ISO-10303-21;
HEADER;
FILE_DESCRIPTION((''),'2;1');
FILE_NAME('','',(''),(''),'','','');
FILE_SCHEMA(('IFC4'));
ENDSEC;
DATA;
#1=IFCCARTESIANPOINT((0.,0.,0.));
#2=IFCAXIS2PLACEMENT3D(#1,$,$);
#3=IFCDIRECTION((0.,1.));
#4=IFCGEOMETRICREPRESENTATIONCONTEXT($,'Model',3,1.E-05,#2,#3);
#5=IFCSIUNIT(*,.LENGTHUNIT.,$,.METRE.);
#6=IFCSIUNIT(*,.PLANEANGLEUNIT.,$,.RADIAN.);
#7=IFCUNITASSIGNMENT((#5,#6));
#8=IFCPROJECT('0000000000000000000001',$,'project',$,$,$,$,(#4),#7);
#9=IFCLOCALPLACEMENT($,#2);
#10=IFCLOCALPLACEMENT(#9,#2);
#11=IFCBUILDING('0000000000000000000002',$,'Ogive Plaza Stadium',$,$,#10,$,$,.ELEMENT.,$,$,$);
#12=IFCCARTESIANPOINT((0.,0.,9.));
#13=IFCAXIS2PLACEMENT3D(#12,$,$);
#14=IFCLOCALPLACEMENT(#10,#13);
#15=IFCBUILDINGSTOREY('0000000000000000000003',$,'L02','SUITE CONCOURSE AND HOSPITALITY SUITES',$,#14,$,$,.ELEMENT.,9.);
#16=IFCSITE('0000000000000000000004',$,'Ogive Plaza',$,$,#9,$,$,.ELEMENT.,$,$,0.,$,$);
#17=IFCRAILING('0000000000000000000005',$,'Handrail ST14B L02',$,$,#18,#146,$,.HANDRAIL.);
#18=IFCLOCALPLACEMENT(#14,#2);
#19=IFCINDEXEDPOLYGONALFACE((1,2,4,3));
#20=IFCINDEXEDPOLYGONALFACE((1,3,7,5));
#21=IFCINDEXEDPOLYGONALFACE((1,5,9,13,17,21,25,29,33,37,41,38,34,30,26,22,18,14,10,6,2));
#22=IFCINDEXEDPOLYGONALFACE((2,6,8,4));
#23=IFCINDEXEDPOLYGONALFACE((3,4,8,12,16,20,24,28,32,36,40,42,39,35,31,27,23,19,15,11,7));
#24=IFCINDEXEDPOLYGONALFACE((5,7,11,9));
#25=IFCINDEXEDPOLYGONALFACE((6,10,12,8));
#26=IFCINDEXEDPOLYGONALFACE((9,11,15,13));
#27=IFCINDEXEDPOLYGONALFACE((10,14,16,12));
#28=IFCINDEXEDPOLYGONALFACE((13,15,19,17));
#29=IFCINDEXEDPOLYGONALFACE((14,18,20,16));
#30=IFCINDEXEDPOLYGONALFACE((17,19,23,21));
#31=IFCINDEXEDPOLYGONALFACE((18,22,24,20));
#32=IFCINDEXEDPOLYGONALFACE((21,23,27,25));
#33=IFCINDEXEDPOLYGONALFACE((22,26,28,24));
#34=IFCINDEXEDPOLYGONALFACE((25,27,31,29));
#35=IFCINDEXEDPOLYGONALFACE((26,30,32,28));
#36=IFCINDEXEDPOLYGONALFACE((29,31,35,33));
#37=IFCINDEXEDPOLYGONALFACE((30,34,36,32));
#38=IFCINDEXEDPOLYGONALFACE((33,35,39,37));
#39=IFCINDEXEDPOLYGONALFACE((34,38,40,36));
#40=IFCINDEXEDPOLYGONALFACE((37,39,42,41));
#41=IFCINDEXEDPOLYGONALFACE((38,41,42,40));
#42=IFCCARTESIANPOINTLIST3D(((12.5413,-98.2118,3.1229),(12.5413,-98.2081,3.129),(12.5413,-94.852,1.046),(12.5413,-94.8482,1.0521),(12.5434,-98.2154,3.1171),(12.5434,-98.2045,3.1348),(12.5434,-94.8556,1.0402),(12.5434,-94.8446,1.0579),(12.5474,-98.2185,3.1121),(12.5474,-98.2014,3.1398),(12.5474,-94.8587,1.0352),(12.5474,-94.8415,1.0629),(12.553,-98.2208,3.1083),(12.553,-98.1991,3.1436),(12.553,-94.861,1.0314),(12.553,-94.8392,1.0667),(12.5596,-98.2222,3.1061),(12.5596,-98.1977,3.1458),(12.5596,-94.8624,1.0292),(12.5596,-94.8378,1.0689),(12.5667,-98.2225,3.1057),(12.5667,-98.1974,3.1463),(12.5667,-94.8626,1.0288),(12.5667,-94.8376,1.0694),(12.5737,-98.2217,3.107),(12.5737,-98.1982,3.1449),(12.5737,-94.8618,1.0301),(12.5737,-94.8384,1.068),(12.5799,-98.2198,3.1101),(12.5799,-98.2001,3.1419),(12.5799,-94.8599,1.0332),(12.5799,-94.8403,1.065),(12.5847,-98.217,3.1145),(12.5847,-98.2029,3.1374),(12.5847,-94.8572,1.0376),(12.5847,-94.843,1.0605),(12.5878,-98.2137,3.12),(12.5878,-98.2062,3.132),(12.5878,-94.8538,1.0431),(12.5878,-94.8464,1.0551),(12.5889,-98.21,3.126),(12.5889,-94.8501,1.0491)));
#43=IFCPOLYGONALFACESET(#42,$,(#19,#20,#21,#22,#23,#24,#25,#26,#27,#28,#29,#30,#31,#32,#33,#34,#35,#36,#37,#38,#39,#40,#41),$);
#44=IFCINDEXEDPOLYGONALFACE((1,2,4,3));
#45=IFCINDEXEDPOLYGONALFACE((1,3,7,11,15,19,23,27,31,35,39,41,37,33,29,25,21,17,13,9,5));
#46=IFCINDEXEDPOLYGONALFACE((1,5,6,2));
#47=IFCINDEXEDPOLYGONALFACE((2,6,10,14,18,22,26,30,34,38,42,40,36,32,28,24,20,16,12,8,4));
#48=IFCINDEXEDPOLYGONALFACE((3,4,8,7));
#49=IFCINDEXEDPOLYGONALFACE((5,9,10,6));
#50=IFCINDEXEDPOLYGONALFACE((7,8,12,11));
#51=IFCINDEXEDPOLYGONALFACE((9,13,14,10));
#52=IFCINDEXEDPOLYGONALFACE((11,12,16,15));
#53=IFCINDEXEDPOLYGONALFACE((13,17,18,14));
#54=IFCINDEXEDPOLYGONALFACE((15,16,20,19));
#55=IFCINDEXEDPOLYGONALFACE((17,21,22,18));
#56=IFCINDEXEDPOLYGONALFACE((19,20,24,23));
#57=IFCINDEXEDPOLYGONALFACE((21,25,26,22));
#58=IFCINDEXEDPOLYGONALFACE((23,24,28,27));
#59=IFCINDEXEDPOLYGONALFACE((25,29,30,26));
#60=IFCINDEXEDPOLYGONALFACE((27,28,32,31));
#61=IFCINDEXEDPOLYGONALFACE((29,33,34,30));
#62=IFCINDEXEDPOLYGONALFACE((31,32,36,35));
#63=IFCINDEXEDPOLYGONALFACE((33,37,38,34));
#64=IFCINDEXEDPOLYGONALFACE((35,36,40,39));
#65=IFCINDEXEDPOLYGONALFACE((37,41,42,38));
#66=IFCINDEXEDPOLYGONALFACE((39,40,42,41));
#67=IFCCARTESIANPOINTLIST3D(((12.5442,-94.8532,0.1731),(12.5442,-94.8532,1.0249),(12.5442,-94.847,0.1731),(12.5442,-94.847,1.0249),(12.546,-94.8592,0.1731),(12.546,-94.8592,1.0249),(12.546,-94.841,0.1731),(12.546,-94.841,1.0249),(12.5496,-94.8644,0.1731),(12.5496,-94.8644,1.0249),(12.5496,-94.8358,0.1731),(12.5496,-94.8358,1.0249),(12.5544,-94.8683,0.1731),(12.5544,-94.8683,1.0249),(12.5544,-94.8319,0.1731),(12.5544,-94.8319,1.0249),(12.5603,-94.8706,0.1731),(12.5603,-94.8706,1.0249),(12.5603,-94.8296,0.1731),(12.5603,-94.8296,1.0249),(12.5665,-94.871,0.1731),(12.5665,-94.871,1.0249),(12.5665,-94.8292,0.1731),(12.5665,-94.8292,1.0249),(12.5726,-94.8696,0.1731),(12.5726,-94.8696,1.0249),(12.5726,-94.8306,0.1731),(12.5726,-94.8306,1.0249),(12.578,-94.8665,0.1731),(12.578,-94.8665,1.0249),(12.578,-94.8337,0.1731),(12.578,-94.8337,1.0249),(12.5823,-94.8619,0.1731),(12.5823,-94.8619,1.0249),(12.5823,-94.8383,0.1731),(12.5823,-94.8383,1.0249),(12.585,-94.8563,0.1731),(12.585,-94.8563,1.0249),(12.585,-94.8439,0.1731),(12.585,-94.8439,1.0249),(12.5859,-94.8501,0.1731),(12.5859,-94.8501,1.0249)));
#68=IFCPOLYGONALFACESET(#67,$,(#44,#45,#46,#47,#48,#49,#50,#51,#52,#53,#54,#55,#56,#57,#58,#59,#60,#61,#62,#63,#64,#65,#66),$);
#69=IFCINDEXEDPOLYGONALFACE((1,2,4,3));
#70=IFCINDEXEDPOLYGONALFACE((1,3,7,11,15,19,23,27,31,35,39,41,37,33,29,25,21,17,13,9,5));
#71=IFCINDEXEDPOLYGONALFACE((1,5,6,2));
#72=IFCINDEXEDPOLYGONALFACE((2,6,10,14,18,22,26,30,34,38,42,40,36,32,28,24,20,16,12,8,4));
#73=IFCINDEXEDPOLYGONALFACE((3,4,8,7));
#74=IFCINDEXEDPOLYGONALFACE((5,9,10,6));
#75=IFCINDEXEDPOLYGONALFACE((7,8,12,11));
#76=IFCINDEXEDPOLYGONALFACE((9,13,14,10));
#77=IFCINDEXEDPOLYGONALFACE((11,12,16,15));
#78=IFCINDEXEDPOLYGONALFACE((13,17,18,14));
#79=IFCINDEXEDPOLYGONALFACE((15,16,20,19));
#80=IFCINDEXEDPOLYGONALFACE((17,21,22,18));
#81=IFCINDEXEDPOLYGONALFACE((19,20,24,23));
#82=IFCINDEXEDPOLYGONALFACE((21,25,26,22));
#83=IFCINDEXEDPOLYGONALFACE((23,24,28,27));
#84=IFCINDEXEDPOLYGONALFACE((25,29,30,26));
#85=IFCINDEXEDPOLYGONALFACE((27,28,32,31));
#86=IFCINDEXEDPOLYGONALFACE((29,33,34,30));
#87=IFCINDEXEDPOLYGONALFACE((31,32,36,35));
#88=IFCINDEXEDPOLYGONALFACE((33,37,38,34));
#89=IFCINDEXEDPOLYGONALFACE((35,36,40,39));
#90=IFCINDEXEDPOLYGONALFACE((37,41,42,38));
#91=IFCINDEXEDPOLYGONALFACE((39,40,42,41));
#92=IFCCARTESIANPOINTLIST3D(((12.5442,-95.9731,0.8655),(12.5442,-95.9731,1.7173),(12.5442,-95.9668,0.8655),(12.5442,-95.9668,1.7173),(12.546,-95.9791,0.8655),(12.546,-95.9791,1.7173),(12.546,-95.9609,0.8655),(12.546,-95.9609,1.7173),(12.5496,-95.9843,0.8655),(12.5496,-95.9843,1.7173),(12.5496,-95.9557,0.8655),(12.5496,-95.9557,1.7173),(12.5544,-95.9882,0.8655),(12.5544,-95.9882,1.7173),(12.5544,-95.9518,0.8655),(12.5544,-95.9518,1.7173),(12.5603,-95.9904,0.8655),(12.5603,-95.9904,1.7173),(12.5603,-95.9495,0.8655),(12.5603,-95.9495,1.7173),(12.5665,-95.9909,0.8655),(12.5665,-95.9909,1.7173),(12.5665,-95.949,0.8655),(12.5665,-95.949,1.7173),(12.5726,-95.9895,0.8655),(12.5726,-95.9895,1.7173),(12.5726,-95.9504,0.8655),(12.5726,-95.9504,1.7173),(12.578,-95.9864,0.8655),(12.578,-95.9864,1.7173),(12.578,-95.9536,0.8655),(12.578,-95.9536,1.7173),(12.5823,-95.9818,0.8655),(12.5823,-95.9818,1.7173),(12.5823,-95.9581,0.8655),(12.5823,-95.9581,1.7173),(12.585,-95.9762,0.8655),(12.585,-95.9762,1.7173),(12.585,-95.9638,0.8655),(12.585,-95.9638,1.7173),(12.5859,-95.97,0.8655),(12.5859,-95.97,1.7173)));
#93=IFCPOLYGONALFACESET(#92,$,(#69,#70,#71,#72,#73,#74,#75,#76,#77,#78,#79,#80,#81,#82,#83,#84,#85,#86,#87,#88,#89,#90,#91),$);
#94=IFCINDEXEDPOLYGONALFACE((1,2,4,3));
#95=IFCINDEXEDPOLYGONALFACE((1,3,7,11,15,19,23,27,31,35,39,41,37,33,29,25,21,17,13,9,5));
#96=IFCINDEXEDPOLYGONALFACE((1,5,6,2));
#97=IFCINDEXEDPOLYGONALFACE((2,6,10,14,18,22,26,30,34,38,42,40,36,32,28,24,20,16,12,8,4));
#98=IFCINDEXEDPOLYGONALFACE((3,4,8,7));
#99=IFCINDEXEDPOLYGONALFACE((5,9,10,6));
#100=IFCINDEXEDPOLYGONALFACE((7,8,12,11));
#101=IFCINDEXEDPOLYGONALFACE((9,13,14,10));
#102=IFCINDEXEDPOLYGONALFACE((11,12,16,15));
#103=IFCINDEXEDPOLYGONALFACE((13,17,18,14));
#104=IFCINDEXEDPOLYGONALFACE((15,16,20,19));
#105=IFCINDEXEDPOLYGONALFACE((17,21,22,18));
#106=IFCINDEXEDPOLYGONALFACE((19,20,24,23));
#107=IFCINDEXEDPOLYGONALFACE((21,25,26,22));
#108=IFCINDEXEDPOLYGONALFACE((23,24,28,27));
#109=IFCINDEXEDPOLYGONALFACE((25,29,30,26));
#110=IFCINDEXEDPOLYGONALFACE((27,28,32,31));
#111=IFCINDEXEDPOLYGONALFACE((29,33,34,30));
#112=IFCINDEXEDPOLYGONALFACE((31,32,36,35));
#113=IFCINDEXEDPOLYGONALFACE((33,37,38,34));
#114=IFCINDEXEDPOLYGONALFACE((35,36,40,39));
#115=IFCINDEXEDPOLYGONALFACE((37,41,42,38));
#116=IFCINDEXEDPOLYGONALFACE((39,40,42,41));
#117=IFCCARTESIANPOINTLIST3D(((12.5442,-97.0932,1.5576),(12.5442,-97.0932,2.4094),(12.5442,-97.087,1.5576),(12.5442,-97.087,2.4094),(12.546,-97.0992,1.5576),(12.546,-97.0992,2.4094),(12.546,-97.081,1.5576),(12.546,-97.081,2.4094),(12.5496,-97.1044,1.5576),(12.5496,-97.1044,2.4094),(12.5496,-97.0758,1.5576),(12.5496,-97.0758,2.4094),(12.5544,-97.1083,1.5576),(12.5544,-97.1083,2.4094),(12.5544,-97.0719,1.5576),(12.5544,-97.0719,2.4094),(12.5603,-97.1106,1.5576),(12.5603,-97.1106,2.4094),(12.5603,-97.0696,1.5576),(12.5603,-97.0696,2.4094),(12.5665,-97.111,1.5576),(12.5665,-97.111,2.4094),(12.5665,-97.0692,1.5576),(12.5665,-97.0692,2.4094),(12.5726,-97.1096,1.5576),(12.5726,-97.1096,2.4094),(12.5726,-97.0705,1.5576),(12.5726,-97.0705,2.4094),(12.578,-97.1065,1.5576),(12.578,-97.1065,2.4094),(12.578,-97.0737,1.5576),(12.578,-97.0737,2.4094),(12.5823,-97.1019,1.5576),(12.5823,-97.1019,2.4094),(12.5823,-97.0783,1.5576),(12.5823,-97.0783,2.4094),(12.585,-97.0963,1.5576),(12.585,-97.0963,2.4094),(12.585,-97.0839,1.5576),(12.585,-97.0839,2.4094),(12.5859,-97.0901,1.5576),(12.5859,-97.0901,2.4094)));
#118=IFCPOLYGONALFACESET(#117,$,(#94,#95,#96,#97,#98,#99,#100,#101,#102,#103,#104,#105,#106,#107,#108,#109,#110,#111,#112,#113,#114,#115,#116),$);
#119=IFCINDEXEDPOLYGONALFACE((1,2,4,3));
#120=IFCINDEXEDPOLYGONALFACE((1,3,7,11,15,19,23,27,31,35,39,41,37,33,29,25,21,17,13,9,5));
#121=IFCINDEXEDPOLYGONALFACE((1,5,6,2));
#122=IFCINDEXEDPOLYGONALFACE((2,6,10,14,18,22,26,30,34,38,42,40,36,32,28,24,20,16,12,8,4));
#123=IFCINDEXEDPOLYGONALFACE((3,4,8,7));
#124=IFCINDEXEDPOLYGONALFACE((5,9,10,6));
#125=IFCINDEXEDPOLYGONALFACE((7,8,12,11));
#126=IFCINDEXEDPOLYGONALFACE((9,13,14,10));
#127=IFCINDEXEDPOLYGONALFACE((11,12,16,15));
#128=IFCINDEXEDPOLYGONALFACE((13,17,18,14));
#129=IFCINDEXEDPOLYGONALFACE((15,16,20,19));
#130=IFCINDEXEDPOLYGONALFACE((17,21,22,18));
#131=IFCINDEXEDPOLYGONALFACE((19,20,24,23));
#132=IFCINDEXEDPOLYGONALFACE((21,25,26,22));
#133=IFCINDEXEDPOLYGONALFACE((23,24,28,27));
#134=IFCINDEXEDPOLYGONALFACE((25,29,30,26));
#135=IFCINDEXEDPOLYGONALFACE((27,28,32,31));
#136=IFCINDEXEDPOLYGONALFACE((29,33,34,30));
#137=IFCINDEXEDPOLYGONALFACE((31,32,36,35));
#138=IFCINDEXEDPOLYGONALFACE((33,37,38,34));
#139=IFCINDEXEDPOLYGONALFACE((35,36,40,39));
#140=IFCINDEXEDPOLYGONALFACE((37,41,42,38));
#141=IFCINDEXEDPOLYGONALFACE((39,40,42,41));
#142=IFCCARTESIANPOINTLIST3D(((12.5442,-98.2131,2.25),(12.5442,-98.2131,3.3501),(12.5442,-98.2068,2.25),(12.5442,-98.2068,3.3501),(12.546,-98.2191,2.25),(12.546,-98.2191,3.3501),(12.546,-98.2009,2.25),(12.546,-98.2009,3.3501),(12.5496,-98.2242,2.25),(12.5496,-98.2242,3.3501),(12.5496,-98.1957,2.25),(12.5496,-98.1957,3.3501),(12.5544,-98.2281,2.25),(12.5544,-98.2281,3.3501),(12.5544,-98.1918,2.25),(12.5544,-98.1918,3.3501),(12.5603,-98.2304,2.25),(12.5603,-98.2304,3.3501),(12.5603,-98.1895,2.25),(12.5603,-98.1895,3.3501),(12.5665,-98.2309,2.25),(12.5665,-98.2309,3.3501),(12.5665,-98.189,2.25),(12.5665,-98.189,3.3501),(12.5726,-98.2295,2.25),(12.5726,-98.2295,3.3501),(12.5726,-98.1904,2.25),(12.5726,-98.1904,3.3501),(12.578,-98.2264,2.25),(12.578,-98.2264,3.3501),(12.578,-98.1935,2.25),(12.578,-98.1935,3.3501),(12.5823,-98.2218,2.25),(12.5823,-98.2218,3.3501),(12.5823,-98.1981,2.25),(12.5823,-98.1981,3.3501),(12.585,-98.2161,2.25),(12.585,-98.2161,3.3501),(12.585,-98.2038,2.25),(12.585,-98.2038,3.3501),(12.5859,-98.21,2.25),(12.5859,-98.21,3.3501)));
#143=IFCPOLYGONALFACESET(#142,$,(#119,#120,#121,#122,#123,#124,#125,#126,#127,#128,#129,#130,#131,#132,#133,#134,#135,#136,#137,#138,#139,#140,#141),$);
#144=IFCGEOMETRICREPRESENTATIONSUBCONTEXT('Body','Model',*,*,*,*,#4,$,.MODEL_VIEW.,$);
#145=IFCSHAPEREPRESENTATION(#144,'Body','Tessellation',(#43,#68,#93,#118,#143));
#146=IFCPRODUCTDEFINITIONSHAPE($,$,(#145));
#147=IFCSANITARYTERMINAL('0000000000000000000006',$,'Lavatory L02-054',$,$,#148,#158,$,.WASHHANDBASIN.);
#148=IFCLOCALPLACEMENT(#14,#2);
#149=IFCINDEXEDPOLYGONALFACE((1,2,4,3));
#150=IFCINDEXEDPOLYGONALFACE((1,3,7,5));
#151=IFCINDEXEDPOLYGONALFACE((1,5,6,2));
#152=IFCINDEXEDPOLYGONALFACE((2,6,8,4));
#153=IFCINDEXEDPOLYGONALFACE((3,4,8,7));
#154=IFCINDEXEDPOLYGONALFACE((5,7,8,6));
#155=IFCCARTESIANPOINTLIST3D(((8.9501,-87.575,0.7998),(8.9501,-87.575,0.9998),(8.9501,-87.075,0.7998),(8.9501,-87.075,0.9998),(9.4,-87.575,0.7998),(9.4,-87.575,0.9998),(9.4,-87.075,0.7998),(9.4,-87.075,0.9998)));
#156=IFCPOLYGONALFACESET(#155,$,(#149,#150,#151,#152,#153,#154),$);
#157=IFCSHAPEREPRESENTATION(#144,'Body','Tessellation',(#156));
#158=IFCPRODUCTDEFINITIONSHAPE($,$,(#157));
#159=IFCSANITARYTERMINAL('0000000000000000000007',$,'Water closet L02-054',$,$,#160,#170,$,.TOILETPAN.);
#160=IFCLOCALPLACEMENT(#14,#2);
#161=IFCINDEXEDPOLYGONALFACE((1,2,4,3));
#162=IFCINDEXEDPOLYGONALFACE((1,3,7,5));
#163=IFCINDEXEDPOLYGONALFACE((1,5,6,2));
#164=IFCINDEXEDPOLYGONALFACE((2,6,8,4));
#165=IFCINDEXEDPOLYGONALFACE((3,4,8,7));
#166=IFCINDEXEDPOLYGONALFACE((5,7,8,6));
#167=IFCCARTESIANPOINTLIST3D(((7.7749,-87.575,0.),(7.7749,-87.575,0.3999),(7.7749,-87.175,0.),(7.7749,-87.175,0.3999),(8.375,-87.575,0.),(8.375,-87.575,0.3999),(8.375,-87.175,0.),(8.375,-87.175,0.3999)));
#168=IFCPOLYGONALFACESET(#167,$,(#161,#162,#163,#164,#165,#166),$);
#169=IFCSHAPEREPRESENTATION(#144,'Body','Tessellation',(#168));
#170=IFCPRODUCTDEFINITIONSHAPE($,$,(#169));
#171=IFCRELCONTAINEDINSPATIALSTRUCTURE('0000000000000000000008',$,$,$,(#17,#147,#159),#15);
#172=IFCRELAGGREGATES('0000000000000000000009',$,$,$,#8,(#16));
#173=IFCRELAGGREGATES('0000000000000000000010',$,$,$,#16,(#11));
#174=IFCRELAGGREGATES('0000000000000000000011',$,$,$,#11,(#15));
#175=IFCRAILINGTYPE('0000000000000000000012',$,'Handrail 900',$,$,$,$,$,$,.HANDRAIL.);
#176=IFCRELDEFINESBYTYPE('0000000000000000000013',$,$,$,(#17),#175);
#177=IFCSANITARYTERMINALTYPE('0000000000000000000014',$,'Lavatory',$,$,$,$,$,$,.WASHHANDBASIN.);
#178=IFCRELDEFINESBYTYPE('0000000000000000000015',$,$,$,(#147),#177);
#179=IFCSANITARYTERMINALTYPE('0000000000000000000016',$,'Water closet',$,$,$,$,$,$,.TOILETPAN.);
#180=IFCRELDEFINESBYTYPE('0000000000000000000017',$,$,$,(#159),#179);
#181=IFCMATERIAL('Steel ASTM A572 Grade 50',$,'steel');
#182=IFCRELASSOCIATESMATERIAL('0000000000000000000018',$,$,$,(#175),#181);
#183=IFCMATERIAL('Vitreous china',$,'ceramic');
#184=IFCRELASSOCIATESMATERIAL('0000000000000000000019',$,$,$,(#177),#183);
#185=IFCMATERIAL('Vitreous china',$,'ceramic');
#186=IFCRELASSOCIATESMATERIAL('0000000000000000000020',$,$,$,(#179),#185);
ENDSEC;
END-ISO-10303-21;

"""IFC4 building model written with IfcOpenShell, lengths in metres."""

from ifc_helpers import new_model, si_unit, direction, frame, origin, origin_2d, place, context, subcontext, project, spatial, rectangle, circle, extrude, material, type_object, element, save


model = new_model("IFC4")

# Units and contexts
model_context = context("Model", 3, precision=1e-05, world=origin(), true_north=direction((0.0, 1.0)))
body_context = subcontext(model_context, "Body", "Model", "MODEL_VIEW")
ifc_project = project(units=[si_unit("LENGTHUNIT", "METRE"), si_unit("PLANEANGLEUNIT", "RADIAN")], contexts=[model_context])

# Site, building, storey
site_placement = place(None, origin())
site = spatial("IfcSite", under=ifc_project, at=site_placement, Name="Ogive Plaza", CompositionType="ELEMENT", RefElevation=0.0)
building_placement = place(site_placement, origin())
building = spatial("IfcBuilding", under=site, at=building_placement, Name="Ogive Plaza Stadium", CompositionType="ELEMENT")
storey_placement = place(building_placement, frame((0.0, 0.0, 9.0)))
storey = spatial("IfcBuildingStorey", under=building, at=storey_placement, Name="L02", Description="SUITE CONCOURSE AND HOSPITALITY SUITES", CompositionType="ELEMENT", Elevation=9.0)

# Railing
ifc_material_1 = material(Name="Steel ASTM A572 Grade 50", Category="steel")
railing_type_1 = type_object("IfcRailingType", Name="Handrail 900", PredefinedType="HANDRAIL", material=ifc_material_1)
for number, where, name in (
    (1, (12.5649, -94.8501, 0.1731), "Handrail ST14B L02"),
):
    element("IfcRailing", number, at=place(storey_placement, frame(where)), inside=storey, type_object=railing_type_1, Name=name, PredefinedType="HANDRAIL", context=body_context, shape_type="SweptSolid", body=[
        extrude(circle(Radius=0.0239, at=origin_2d()), frame((0.0, 0.0, 0.876), z_axis=(0.0, -0.850606, 0.525803), x_axis=(1.0, 0.0, 0.0)), (0.0, 0.0, 1.0), 3.95),
        extrude(circle(Radius=0.021, at=origin_2d()), origin(), (0.0, 0.0, 1.0), 0.8518),
        extrude(circle(Radius=0.021, at=origin_2d()), frame((0.0, -1.1199, 0.6924)), (0.0, 0.0, 1.0), 0.8518),
        extrude(circle(Radius=0.021, at=origin_2d()), frame((0.0, -2.24, 1.3845)), (0.0, 0.0, 1.0), 0.8518),
        extrude(circle(Radius=0.021, at=origin_2d()), frame((0.0, -3.3599, 2.0769)), (0.0, 0.0, 1.0), 1.1001),
    ])

# Sanitary terminals
ifc_material_2 = material(Name="Vitreous china", Category="ceramic")
sanitary_terminal_type_1 = type_object("IfcSanitaryTerminalType", Name="Lavatory", PredefinedType="WASHHANDBASIN", material=ifc_material_2)
sanitary_terminal_1_placement = place(storey_placement, frame((9.175, -87.325, 0.7998), z_axis=(0.0, 0.0, 1.0), x_axis=(0.0, 1.0, 0.0)))
element("IfcSanitaryTerminal", 2, at=sanitary_terminal_1_placement, inside=storey, type_object=sanitary_terminal_type_1, Name="Lavatory L02-054", PredefinedType="WASHHANDBASIN", context=body_context, shape_type="SweptSolid", body=[
    extrude(rectangle(XDim=0.5, YDim=0.45, at=origin_2d()), origin(), (0.0, 0.0, 1.0), 0.2),
])
ifc_material_3 = material(Name="Vitreous china", Category="ceramic")
sanitary_terminal_type_2 = type_object("IfcSanitaryTerminalType", Name="Water closet", PredefinedType="TOILETPAN", material=ifc_material_3)
sanitary_terminal_2_placement = place(storey_placement, frame((8.075, -87.375, 0.0), z_axis=(0.0, 0.0, 1.0), x_axis=(0.0, 1.0, 0.0)))
element("IfcSanitaryTerminal", 3, at=sanitary_terminal_2_placement, inside=storey, type_object=sanitary_terminal_type_2, Name="Water closet L02-054", PredefinedType="TOILETPAN", context=body_context, shape_type="SweptSolid", body=[
    extrude(rectangle(XDim=0.3999, YDim=0.6001, at=origin_2d()), origin(), (0.0, 0.0, 1.0), 0.3999),
])

save(model, "model.ifc")
